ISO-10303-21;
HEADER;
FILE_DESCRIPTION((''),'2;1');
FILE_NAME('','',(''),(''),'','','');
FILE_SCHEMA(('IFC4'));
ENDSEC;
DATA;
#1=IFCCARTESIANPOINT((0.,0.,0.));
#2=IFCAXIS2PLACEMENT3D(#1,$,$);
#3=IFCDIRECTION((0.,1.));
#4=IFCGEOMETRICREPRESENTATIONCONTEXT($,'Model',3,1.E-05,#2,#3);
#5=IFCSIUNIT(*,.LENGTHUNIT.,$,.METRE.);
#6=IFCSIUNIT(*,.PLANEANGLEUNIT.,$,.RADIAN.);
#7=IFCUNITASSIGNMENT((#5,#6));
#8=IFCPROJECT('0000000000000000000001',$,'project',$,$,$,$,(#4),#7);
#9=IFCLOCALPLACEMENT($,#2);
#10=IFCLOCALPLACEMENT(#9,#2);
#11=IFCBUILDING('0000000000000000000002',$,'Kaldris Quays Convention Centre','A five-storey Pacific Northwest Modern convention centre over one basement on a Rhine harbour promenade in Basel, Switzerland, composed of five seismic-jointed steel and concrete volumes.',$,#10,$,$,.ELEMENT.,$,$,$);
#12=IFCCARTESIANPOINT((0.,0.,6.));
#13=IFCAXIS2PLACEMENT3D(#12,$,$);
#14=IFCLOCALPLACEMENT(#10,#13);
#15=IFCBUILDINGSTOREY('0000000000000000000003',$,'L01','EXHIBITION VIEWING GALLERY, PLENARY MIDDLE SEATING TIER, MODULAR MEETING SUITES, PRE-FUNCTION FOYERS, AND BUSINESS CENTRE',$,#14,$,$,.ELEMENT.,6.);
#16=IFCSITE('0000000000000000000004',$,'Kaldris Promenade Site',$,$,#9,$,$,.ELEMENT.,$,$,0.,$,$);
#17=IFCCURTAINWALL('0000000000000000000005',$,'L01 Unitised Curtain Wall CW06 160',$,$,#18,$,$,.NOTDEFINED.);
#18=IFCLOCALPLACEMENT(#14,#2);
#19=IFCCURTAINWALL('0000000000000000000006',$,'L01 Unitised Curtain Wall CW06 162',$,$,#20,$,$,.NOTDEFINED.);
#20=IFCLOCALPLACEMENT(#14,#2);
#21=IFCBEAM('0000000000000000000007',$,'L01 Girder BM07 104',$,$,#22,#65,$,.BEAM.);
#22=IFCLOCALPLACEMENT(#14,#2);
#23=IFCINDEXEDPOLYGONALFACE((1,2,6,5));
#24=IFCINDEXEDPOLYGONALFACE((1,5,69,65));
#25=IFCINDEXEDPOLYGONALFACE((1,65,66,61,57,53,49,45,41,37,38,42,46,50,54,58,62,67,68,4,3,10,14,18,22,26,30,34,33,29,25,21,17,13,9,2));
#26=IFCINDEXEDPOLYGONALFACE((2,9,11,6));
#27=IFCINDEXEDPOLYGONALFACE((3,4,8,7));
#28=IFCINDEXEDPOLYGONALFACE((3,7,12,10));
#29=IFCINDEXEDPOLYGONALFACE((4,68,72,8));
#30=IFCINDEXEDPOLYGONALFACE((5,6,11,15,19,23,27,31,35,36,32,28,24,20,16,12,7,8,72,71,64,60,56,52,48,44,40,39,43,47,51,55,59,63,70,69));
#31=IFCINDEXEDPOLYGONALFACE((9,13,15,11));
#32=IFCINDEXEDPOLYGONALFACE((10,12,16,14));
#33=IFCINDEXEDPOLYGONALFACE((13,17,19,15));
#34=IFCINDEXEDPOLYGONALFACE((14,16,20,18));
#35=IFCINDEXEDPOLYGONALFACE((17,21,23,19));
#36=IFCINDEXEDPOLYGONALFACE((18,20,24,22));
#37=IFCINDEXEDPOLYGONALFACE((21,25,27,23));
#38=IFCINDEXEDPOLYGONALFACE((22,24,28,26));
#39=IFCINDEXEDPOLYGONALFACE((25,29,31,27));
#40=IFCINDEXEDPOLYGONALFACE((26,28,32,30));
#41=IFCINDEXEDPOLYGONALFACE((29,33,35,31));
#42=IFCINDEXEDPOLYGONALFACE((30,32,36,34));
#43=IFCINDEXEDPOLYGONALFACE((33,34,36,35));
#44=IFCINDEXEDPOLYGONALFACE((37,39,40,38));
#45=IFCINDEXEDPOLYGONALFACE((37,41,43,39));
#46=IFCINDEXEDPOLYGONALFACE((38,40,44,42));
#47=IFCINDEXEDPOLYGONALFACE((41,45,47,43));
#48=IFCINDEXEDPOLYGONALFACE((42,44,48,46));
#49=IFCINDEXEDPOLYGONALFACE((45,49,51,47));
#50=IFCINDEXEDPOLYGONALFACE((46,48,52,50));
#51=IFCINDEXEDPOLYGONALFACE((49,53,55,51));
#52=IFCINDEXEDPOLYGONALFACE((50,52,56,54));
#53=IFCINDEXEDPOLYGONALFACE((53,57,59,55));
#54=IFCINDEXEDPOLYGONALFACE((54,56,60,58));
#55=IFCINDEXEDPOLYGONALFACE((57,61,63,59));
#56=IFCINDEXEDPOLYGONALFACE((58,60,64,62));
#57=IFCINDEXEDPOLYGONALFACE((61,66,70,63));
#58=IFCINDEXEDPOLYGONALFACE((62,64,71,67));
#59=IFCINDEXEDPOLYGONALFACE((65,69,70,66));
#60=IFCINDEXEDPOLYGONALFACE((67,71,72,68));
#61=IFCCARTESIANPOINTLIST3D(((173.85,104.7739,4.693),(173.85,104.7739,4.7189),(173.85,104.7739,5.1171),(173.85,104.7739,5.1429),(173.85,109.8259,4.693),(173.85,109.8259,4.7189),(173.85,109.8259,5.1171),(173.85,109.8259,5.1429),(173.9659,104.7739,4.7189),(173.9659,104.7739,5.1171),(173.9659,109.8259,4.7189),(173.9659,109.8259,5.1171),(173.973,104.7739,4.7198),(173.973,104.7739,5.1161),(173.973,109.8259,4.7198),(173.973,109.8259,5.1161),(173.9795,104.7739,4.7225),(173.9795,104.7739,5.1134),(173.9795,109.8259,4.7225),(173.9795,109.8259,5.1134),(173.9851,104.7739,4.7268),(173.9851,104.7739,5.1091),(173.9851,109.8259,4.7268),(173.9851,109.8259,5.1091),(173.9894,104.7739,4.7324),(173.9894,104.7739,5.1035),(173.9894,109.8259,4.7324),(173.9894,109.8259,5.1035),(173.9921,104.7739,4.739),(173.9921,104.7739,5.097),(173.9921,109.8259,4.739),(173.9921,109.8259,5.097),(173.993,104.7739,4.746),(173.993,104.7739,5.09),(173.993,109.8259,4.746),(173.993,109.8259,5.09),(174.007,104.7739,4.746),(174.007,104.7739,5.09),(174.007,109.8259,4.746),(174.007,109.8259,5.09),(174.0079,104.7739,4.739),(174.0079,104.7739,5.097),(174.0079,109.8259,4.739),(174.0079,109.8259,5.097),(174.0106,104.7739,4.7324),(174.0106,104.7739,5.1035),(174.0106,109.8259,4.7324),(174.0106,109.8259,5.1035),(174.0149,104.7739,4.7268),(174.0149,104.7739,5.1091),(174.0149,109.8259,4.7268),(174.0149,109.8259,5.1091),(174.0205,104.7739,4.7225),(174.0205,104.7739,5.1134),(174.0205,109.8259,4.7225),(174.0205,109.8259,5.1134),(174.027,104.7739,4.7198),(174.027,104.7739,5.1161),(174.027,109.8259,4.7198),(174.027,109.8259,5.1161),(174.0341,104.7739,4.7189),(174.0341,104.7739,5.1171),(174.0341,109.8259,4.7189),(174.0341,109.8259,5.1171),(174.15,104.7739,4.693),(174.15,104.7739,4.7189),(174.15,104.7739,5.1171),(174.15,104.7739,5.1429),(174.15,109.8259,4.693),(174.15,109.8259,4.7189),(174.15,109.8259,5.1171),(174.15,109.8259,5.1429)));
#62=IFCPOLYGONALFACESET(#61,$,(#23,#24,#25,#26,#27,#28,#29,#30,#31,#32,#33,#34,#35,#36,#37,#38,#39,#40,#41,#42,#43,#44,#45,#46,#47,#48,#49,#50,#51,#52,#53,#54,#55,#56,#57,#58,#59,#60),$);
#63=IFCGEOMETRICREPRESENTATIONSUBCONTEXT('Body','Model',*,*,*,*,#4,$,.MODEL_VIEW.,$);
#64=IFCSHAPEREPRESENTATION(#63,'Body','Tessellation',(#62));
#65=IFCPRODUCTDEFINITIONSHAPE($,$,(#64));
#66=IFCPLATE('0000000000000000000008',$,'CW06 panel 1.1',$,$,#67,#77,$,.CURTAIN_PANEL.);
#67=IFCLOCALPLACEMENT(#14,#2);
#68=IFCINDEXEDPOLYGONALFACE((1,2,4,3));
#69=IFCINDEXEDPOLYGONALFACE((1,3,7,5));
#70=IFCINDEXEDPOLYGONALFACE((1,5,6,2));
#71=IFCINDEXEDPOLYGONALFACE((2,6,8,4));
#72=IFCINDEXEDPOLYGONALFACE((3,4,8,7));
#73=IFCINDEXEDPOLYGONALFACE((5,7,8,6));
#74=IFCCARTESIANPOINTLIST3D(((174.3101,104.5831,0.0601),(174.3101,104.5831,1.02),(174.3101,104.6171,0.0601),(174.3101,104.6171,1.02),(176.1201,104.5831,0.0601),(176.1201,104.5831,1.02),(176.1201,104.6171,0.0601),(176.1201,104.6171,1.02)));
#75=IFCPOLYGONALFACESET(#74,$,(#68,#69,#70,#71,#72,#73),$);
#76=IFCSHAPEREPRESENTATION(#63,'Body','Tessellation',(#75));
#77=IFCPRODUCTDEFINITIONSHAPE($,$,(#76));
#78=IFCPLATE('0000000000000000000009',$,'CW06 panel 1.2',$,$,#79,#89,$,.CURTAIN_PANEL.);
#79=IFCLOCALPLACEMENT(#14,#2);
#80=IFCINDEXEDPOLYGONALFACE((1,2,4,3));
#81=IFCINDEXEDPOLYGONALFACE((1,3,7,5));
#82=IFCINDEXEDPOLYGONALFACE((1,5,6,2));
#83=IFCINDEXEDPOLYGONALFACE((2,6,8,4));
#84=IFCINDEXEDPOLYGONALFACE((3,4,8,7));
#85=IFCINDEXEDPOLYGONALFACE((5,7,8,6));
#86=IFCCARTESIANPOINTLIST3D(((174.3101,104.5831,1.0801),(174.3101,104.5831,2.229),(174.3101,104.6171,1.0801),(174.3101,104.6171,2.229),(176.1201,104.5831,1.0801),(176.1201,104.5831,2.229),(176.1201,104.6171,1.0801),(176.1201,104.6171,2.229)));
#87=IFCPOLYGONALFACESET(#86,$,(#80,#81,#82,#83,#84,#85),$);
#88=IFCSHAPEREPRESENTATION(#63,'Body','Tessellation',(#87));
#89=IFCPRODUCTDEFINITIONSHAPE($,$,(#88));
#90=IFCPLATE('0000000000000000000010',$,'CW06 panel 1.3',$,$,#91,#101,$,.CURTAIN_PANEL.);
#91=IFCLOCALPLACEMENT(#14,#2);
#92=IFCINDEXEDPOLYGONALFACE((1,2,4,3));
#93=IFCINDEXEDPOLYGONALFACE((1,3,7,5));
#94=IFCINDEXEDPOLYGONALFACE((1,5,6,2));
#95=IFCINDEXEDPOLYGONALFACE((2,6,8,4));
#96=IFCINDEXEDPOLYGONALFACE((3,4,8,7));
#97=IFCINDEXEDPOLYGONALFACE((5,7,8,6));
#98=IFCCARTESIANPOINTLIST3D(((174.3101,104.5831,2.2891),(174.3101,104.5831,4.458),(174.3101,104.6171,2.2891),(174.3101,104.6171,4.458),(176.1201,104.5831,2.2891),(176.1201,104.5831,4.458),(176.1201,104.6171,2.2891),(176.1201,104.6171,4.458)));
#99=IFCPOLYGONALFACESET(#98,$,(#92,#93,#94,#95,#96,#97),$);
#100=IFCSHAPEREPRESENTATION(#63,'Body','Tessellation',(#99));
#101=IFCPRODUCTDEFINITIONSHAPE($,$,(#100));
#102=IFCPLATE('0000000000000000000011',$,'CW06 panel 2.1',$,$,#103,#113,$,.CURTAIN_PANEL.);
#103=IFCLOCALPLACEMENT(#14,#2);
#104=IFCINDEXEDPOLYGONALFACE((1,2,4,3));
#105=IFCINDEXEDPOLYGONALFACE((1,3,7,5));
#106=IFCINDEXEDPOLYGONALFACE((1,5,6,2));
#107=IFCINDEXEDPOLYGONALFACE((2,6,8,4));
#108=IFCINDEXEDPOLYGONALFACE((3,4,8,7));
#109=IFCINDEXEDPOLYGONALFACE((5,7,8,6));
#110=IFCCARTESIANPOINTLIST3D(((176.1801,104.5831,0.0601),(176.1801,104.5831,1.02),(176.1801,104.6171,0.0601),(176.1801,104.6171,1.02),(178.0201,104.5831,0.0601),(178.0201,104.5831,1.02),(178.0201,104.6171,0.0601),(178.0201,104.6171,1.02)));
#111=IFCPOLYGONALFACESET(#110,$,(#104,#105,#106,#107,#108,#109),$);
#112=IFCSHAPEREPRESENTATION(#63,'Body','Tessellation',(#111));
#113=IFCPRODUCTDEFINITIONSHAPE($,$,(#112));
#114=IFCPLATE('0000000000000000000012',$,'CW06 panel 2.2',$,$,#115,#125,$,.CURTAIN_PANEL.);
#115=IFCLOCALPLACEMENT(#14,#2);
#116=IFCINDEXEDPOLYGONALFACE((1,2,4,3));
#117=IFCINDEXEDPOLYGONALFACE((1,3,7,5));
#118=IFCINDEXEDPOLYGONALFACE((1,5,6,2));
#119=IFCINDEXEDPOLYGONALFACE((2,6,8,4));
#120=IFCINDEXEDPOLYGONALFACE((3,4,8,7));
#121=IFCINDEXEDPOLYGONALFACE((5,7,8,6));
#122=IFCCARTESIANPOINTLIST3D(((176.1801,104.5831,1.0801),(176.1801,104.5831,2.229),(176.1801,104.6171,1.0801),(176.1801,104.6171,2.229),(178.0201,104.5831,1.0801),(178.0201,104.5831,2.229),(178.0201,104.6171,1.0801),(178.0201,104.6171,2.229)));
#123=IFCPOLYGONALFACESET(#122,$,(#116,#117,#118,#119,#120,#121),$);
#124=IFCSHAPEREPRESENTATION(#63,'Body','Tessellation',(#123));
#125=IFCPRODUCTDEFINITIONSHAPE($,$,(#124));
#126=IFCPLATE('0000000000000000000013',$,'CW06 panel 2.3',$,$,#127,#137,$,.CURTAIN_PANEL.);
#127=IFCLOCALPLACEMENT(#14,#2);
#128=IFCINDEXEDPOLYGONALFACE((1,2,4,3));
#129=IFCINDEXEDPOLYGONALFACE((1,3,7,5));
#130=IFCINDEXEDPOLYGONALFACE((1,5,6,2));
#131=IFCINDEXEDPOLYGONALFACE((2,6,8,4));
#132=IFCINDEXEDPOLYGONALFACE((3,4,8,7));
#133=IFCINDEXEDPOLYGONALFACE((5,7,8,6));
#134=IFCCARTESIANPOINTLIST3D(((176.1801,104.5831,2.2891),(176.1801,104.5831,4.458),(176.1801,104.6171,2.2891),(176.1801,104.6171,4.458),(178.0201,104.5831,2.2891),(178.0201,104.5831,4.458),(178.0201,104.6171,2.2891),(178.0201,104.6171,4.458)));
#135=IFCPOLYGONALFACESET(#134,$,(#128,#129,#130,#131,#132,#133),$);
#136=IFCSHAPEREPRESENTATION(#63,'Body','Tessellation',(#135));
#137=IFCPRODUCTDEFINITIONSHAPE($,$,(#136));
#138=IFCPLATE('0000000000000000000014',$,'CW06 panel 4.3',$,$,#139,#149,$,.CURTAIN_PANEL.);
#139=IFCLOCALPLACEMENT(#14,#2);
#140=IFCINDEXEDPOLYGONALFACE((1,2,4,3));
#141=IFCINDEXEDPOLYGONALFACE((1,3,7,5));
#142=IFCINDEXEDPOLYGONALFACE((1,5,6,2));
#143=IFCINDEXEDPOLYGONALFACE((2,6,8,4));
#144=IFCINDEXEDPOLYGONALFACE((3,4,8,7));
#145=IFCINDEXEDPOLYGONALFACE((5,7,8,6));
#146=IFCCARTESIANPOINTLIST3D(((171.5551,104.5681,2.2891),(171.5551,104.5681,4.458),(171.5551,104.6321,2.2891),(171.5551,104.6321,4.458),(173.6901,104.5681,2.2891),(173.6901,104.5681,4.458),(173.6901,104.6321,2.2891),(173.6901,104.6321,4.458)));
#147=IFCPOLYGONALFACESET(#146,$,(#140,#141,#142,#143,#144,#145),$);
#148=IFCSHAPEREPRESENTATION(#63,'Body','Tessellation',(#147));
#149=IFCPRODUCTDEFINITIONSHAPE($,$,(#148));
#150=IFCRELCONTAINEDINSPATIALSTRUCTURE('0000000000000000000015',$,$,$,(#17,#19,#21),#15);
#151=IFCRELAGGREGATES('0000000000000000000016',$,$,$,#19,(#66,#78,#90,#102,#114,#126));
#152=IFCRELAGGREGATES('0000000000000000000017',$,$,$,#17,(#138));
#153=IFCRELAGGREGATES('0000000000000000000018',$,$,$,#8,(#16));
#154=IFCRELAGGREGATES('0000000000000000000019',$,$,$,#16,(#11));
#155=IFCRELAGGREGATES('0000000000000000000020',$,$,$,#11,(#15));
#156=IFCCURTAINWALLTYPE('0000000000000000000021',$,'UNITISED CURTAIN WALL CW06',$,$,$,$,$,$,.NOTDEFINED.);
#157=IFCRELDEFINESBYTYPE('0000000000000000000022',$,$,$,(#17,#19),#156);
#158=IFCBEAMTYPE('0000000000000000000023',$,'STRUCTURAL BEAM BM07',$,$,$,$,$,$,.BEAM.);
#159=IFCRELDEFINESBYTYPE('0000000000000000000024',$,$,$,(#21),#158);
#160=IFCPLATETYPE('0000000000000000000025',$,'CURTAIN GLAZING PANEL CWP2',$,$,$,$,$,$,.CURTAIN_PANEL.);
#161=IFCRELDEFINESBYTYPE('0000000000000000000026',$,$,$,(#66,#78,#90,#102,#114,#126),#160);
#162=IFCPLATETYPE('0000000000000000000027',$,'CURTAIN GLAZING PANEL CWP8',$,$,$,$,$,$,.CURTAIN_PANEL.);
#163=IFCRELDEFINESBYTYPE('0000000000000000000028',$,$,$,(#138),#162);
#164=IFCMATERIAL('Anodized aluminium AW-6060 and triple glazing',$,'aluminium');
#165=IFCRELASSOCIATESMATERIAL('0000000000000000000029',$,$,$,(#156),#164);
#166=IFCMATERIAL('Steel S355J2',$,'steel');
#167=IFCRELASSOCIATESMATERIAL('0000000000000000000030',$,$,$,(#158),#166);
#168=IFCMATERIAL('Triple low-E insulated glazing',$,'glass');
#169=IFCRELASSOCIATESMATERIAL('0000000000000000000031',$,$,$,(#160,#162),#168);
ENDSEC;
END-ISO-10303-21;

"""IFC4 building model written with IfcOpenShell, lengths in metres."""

from ifc_helpers import new_model, si_unit, direction, frame, origin, origin_2d, place, context, subcontext, project, spatial, rectangle, i_section, extrude, material, material_profile, profile_set, type_object, element, aggregate, save


model = new_model("IFC4")

# Units and contexts
model_context = context("Model", 3, precision=1e-05, world=origin(), true_north=direction((0.0, 1.0)))
body_context = subcontext(model_context, "Body", "Model", "MODEL_VIEW")
ifc_project = project(units=[si_unit("LENGTHUNIT", "METRE"), si_unit("PLANEANGLEUNIT", "RADIAN")], contexts=[model_context])

# Site, building, storey
site_placement = place(None, origin())
site = spatial("IfcSite", under=ifc_project, at=site_placement, Name="Kaldris Promenade Site", CompositionType="ELEMENT", RefElevation=0.0)
building_placement = place(site_placement, origin())
building = spatial("IfcBuilding", under=site, at=building_placement, Name="Kaldris Quays Convention Centre", Description="A five-storey Pacific Northwest Modern convention centre over one basement on a Rhine harbour promenade in Basel, Switzerland, composed of five seismic-jointed steel and concrete volumes.", CompositionType="ELEMENT")
storey_placement = place(building_placement, frame((0.0, 0.0, 6.0)))
storey = spatial("IfcBuildingStorey", under=building, at=storey_placement, Name="L01", Description="EXHIBITION VIEWING GALLERY, PLENARY MIDDLE SEATING TIER, MODULAR MEETING SUITES, PRE-FUNCTION FOYERS, AND BUSINESS CENTRE", CompositionType="ELEMENT", Elevation=6.0)

# Shared definitions
ifc_material_1 = material(Name="Steel S355J2", Category="steel")

# Curtain wall
ifc_material_2 = material(Name="Anodized aluminium AW-6060 and triple glazing", Category="aluminium")
curtain_wall_type = type_object("IfcCurtainWallType", Name="UNITISED CURTAIN WALL CW06", PredefinedType="NOTDEFINED", material=ifc_material_2)
curtain_wall_1_placement = place(storey_placement, origin())
curtain_wall_1 = element("IfcCurtainWall", 1, at=curtain_wall_1_placement, inside=storey, type_object=curtain_wall_type, Name="L01 Unitised Curtain Wall CW06 160", PredefinedType="NOTDEFINED")

# Curtain wall
curtain_wall_2_placement = place(storey_placement, origin())
curtain_wall_2 = element("IfcCurtainWall", 2, at=curtain_wall_2_placement, inside=storey, type_object=curtain_wall_type, Name="L01 Unitised Curtain Wall CW06 162", PredefinedType="NOTDEFINED")

# Beam
ifc_material_profile_1 = material_profile(ifc_material_1, i_section(OverallWidth=0.3, OverallDepth=0.45, WebThickness=0.0139, FlangeThickness=0.0259, FilletRadius=0.0271, at=origin_2d()), Name="HEB 450")
ifc_profile_set_1 = profile_set([ifc_material_profile_1], Name="Steel S355J2")
beam_type_1 = type_object("IfcBeamType", Name="STRUCTURAL BEAM BM07", PredefinedType="BEAM", material=ifc_profile_set_1)
beam_1_placement = place(storey_placement, frame((174.0, 104.7739, 4.918), z_axis=(0.0, 1.0, 0.0), x_axis=(-1.0, 0.0, 0.0)))
element("IfcBeam", 3, at=beam_1_placement, inside=storey, type_object=beam_type_1, Name="L01 Girder BM07 104", PredefinedType="BEAM", context=body_context, shape_type="SweptSolid", body=[
    extrude(i_section(OverallWidth=0.3, OverallDepth=0.45, WebThickness=0.0139, FlangeThickness=0.0259, FilletRadius=0.0271, at=origin_2d()), origin(), (0.0, 0.0, 1.0), 5.052),
])

# Plates
ifc_material_3 = material(Name="Triple low-E insulated glazing", Category="glass")
plate_type_1 = type_object("IfcPlateType", Name="CURTAIN GLAZING PANEL CWP2", PredefinedType="CURTAIN_PANEL", material=ifc_material_3)
plate_1_placement = place(storey_placement, frame((175.2151, 104.6001, 0.0601), z_axis=(0.0, 0.0, 1.0), x_axis=(1.0, 0.0, 0.0)))
plate_1 = element("IfcPlate", 4, at=plate_1_placement, type_object=plate_type_1, Name="CW06 panel 1.1", PredefinedType="CURTAIN_PANEL", context=body_context, shape_type="SweptSolid", body=[
    extrude(rectangle(XDim=1.8101, YDim=0.0339, at=origin_2d()), origin(), (0.0, 0.0, 1.0), 0.96),
])
plate_2_placement = place(storey_placement, frame((175.2151, 104.6001, 1.0801), z_axis=(0.0, 0.0, 1.0), x_axis=(1.0, 0.0, 0.0)))
plate_2 = element("IfcPlate", 5, at=plate_2_placement, type_object=plate_type_1, Name="CW06 panel 1.2", PredefinedType="CURTAIN_PANEL", context=body_context, shape_type="SweptSolid", body=[
    extrude(rectangle(XDim=1.8101, YDim=0.0339, at=origin_2d()), origin(), (0.0, 0.0, 1.0), 1.1489),
])
plate_3_placement = place(storey_placement, frame((175.2151, 104.6001, 2.2891), z_axis=(0.0, 0.0, 1.0), x_axis=(1.0, 0.0, 0.0)))
plate_3 = element("IfcPlate", 6, at=plate_3_placement, type_object=plate_type_1, Name="CW06 panel 1.3", PredefinedType="CURTAIN_PANEL", context=body_context, shape_type="SweptSolid", body=[
    extrude(rectangle(XDim=1.8101, YDim=0.0339, at=origin_2d()), origin(), (0.0, 0.0, 1.0), 2.1689),
])
plate_4_placement = place(storey_placement, frame((177.1001, 104.6001, 0.0601), z_axis=(0.0, 0.0, 1.0), x_axis=(1.0, 0.0, 0.0)))
plate_4 = element("IfcPlate", 7, at=plate_4_placement, type_object=plate_type_1, Name="CW06 panel 2.1", PredefinedType="CURTAIN_PANEL", context=body_context, shape_type="SweptSolid", body=[
    extrude(rectangle(XDim=1.8401, YDim=0.0339, at=origin_2d()), origin(), (0.0, 0.0, 1.0), 0.96),
])
plate_5_placement = place(storey_placement, frame((177.1001, 104.6001, 1.0801), z_axis=(0.0, 0.0, 1.0), x_axis=(1.0, 0.0, 0.0)))
plate_5 = element("IfcPlate", 8, at=plate_5_placement, type_object=plate_type_1, Name="CW06 panel 2.2", PredefinedType="CURTAIN_PANEL", context=body_context, shape_type="SweptSolid", body=[
    extrude(rectangle(XDim=1.8401, YDim=0.0339, at=origin_2d()), origin(), (0.0, 0.0, 1.0), 1.1489),
])
plate_6_placement = place(storey_placement, frame((177.1001, 104.6001, 2.2891), z_axis=(0.0, 0.0, 1.0), x_axis=(1.0, 0.0, 0.0)))
plate_6 = element("IfcPlate", 9, at=plate_6_placement, type_object=plate_type_1, Name="CW06 panel 2.3", PredefinedType="CURTAIN_PANEL", context=body_context, shape_type="SweptSolid", body=[
    extrude(rectangle(XDim=1.8401, YDim=0.0339, at=origin_2d()), origin(), (0.0, 0.0, 1.0), 2.1689),
])
aggregate(curtain_wall_2, [plate_1, plate_2, plate_3, plate_4, plate_5, plate_6])
plate_type_2 = type_object("IfcPlateType", Name="CURTAIN GLAZING PANEL CWP8", PredefinedType="CURTAIN_PANEL", material=ifc_material_3)
plate_7_placement = place(storey_placement, frame((172.6226, 104.6001, 2.2891), z_axis=(0.0, 0.0, 1.0), x_axis=(1.0, 0.0, 0.0)))
plate_7 = element("IfcPlate", 10, at=plate_7_placement, type_object=plate_type_2, Name="CW06 panel 4.3", PredefinedType="CURTAIN_PANEL", context=body_context, shape_type="SweptSolid", body=[
    extrude(rectangle(XDim=2.135, YDim=0.064, at=origin_2d()), origin(), (0.0, 0.0, 1.0), 2.1689),
])
aggregate(curtain_wall_1, [plate_7])

save(model, "model.ifc")
